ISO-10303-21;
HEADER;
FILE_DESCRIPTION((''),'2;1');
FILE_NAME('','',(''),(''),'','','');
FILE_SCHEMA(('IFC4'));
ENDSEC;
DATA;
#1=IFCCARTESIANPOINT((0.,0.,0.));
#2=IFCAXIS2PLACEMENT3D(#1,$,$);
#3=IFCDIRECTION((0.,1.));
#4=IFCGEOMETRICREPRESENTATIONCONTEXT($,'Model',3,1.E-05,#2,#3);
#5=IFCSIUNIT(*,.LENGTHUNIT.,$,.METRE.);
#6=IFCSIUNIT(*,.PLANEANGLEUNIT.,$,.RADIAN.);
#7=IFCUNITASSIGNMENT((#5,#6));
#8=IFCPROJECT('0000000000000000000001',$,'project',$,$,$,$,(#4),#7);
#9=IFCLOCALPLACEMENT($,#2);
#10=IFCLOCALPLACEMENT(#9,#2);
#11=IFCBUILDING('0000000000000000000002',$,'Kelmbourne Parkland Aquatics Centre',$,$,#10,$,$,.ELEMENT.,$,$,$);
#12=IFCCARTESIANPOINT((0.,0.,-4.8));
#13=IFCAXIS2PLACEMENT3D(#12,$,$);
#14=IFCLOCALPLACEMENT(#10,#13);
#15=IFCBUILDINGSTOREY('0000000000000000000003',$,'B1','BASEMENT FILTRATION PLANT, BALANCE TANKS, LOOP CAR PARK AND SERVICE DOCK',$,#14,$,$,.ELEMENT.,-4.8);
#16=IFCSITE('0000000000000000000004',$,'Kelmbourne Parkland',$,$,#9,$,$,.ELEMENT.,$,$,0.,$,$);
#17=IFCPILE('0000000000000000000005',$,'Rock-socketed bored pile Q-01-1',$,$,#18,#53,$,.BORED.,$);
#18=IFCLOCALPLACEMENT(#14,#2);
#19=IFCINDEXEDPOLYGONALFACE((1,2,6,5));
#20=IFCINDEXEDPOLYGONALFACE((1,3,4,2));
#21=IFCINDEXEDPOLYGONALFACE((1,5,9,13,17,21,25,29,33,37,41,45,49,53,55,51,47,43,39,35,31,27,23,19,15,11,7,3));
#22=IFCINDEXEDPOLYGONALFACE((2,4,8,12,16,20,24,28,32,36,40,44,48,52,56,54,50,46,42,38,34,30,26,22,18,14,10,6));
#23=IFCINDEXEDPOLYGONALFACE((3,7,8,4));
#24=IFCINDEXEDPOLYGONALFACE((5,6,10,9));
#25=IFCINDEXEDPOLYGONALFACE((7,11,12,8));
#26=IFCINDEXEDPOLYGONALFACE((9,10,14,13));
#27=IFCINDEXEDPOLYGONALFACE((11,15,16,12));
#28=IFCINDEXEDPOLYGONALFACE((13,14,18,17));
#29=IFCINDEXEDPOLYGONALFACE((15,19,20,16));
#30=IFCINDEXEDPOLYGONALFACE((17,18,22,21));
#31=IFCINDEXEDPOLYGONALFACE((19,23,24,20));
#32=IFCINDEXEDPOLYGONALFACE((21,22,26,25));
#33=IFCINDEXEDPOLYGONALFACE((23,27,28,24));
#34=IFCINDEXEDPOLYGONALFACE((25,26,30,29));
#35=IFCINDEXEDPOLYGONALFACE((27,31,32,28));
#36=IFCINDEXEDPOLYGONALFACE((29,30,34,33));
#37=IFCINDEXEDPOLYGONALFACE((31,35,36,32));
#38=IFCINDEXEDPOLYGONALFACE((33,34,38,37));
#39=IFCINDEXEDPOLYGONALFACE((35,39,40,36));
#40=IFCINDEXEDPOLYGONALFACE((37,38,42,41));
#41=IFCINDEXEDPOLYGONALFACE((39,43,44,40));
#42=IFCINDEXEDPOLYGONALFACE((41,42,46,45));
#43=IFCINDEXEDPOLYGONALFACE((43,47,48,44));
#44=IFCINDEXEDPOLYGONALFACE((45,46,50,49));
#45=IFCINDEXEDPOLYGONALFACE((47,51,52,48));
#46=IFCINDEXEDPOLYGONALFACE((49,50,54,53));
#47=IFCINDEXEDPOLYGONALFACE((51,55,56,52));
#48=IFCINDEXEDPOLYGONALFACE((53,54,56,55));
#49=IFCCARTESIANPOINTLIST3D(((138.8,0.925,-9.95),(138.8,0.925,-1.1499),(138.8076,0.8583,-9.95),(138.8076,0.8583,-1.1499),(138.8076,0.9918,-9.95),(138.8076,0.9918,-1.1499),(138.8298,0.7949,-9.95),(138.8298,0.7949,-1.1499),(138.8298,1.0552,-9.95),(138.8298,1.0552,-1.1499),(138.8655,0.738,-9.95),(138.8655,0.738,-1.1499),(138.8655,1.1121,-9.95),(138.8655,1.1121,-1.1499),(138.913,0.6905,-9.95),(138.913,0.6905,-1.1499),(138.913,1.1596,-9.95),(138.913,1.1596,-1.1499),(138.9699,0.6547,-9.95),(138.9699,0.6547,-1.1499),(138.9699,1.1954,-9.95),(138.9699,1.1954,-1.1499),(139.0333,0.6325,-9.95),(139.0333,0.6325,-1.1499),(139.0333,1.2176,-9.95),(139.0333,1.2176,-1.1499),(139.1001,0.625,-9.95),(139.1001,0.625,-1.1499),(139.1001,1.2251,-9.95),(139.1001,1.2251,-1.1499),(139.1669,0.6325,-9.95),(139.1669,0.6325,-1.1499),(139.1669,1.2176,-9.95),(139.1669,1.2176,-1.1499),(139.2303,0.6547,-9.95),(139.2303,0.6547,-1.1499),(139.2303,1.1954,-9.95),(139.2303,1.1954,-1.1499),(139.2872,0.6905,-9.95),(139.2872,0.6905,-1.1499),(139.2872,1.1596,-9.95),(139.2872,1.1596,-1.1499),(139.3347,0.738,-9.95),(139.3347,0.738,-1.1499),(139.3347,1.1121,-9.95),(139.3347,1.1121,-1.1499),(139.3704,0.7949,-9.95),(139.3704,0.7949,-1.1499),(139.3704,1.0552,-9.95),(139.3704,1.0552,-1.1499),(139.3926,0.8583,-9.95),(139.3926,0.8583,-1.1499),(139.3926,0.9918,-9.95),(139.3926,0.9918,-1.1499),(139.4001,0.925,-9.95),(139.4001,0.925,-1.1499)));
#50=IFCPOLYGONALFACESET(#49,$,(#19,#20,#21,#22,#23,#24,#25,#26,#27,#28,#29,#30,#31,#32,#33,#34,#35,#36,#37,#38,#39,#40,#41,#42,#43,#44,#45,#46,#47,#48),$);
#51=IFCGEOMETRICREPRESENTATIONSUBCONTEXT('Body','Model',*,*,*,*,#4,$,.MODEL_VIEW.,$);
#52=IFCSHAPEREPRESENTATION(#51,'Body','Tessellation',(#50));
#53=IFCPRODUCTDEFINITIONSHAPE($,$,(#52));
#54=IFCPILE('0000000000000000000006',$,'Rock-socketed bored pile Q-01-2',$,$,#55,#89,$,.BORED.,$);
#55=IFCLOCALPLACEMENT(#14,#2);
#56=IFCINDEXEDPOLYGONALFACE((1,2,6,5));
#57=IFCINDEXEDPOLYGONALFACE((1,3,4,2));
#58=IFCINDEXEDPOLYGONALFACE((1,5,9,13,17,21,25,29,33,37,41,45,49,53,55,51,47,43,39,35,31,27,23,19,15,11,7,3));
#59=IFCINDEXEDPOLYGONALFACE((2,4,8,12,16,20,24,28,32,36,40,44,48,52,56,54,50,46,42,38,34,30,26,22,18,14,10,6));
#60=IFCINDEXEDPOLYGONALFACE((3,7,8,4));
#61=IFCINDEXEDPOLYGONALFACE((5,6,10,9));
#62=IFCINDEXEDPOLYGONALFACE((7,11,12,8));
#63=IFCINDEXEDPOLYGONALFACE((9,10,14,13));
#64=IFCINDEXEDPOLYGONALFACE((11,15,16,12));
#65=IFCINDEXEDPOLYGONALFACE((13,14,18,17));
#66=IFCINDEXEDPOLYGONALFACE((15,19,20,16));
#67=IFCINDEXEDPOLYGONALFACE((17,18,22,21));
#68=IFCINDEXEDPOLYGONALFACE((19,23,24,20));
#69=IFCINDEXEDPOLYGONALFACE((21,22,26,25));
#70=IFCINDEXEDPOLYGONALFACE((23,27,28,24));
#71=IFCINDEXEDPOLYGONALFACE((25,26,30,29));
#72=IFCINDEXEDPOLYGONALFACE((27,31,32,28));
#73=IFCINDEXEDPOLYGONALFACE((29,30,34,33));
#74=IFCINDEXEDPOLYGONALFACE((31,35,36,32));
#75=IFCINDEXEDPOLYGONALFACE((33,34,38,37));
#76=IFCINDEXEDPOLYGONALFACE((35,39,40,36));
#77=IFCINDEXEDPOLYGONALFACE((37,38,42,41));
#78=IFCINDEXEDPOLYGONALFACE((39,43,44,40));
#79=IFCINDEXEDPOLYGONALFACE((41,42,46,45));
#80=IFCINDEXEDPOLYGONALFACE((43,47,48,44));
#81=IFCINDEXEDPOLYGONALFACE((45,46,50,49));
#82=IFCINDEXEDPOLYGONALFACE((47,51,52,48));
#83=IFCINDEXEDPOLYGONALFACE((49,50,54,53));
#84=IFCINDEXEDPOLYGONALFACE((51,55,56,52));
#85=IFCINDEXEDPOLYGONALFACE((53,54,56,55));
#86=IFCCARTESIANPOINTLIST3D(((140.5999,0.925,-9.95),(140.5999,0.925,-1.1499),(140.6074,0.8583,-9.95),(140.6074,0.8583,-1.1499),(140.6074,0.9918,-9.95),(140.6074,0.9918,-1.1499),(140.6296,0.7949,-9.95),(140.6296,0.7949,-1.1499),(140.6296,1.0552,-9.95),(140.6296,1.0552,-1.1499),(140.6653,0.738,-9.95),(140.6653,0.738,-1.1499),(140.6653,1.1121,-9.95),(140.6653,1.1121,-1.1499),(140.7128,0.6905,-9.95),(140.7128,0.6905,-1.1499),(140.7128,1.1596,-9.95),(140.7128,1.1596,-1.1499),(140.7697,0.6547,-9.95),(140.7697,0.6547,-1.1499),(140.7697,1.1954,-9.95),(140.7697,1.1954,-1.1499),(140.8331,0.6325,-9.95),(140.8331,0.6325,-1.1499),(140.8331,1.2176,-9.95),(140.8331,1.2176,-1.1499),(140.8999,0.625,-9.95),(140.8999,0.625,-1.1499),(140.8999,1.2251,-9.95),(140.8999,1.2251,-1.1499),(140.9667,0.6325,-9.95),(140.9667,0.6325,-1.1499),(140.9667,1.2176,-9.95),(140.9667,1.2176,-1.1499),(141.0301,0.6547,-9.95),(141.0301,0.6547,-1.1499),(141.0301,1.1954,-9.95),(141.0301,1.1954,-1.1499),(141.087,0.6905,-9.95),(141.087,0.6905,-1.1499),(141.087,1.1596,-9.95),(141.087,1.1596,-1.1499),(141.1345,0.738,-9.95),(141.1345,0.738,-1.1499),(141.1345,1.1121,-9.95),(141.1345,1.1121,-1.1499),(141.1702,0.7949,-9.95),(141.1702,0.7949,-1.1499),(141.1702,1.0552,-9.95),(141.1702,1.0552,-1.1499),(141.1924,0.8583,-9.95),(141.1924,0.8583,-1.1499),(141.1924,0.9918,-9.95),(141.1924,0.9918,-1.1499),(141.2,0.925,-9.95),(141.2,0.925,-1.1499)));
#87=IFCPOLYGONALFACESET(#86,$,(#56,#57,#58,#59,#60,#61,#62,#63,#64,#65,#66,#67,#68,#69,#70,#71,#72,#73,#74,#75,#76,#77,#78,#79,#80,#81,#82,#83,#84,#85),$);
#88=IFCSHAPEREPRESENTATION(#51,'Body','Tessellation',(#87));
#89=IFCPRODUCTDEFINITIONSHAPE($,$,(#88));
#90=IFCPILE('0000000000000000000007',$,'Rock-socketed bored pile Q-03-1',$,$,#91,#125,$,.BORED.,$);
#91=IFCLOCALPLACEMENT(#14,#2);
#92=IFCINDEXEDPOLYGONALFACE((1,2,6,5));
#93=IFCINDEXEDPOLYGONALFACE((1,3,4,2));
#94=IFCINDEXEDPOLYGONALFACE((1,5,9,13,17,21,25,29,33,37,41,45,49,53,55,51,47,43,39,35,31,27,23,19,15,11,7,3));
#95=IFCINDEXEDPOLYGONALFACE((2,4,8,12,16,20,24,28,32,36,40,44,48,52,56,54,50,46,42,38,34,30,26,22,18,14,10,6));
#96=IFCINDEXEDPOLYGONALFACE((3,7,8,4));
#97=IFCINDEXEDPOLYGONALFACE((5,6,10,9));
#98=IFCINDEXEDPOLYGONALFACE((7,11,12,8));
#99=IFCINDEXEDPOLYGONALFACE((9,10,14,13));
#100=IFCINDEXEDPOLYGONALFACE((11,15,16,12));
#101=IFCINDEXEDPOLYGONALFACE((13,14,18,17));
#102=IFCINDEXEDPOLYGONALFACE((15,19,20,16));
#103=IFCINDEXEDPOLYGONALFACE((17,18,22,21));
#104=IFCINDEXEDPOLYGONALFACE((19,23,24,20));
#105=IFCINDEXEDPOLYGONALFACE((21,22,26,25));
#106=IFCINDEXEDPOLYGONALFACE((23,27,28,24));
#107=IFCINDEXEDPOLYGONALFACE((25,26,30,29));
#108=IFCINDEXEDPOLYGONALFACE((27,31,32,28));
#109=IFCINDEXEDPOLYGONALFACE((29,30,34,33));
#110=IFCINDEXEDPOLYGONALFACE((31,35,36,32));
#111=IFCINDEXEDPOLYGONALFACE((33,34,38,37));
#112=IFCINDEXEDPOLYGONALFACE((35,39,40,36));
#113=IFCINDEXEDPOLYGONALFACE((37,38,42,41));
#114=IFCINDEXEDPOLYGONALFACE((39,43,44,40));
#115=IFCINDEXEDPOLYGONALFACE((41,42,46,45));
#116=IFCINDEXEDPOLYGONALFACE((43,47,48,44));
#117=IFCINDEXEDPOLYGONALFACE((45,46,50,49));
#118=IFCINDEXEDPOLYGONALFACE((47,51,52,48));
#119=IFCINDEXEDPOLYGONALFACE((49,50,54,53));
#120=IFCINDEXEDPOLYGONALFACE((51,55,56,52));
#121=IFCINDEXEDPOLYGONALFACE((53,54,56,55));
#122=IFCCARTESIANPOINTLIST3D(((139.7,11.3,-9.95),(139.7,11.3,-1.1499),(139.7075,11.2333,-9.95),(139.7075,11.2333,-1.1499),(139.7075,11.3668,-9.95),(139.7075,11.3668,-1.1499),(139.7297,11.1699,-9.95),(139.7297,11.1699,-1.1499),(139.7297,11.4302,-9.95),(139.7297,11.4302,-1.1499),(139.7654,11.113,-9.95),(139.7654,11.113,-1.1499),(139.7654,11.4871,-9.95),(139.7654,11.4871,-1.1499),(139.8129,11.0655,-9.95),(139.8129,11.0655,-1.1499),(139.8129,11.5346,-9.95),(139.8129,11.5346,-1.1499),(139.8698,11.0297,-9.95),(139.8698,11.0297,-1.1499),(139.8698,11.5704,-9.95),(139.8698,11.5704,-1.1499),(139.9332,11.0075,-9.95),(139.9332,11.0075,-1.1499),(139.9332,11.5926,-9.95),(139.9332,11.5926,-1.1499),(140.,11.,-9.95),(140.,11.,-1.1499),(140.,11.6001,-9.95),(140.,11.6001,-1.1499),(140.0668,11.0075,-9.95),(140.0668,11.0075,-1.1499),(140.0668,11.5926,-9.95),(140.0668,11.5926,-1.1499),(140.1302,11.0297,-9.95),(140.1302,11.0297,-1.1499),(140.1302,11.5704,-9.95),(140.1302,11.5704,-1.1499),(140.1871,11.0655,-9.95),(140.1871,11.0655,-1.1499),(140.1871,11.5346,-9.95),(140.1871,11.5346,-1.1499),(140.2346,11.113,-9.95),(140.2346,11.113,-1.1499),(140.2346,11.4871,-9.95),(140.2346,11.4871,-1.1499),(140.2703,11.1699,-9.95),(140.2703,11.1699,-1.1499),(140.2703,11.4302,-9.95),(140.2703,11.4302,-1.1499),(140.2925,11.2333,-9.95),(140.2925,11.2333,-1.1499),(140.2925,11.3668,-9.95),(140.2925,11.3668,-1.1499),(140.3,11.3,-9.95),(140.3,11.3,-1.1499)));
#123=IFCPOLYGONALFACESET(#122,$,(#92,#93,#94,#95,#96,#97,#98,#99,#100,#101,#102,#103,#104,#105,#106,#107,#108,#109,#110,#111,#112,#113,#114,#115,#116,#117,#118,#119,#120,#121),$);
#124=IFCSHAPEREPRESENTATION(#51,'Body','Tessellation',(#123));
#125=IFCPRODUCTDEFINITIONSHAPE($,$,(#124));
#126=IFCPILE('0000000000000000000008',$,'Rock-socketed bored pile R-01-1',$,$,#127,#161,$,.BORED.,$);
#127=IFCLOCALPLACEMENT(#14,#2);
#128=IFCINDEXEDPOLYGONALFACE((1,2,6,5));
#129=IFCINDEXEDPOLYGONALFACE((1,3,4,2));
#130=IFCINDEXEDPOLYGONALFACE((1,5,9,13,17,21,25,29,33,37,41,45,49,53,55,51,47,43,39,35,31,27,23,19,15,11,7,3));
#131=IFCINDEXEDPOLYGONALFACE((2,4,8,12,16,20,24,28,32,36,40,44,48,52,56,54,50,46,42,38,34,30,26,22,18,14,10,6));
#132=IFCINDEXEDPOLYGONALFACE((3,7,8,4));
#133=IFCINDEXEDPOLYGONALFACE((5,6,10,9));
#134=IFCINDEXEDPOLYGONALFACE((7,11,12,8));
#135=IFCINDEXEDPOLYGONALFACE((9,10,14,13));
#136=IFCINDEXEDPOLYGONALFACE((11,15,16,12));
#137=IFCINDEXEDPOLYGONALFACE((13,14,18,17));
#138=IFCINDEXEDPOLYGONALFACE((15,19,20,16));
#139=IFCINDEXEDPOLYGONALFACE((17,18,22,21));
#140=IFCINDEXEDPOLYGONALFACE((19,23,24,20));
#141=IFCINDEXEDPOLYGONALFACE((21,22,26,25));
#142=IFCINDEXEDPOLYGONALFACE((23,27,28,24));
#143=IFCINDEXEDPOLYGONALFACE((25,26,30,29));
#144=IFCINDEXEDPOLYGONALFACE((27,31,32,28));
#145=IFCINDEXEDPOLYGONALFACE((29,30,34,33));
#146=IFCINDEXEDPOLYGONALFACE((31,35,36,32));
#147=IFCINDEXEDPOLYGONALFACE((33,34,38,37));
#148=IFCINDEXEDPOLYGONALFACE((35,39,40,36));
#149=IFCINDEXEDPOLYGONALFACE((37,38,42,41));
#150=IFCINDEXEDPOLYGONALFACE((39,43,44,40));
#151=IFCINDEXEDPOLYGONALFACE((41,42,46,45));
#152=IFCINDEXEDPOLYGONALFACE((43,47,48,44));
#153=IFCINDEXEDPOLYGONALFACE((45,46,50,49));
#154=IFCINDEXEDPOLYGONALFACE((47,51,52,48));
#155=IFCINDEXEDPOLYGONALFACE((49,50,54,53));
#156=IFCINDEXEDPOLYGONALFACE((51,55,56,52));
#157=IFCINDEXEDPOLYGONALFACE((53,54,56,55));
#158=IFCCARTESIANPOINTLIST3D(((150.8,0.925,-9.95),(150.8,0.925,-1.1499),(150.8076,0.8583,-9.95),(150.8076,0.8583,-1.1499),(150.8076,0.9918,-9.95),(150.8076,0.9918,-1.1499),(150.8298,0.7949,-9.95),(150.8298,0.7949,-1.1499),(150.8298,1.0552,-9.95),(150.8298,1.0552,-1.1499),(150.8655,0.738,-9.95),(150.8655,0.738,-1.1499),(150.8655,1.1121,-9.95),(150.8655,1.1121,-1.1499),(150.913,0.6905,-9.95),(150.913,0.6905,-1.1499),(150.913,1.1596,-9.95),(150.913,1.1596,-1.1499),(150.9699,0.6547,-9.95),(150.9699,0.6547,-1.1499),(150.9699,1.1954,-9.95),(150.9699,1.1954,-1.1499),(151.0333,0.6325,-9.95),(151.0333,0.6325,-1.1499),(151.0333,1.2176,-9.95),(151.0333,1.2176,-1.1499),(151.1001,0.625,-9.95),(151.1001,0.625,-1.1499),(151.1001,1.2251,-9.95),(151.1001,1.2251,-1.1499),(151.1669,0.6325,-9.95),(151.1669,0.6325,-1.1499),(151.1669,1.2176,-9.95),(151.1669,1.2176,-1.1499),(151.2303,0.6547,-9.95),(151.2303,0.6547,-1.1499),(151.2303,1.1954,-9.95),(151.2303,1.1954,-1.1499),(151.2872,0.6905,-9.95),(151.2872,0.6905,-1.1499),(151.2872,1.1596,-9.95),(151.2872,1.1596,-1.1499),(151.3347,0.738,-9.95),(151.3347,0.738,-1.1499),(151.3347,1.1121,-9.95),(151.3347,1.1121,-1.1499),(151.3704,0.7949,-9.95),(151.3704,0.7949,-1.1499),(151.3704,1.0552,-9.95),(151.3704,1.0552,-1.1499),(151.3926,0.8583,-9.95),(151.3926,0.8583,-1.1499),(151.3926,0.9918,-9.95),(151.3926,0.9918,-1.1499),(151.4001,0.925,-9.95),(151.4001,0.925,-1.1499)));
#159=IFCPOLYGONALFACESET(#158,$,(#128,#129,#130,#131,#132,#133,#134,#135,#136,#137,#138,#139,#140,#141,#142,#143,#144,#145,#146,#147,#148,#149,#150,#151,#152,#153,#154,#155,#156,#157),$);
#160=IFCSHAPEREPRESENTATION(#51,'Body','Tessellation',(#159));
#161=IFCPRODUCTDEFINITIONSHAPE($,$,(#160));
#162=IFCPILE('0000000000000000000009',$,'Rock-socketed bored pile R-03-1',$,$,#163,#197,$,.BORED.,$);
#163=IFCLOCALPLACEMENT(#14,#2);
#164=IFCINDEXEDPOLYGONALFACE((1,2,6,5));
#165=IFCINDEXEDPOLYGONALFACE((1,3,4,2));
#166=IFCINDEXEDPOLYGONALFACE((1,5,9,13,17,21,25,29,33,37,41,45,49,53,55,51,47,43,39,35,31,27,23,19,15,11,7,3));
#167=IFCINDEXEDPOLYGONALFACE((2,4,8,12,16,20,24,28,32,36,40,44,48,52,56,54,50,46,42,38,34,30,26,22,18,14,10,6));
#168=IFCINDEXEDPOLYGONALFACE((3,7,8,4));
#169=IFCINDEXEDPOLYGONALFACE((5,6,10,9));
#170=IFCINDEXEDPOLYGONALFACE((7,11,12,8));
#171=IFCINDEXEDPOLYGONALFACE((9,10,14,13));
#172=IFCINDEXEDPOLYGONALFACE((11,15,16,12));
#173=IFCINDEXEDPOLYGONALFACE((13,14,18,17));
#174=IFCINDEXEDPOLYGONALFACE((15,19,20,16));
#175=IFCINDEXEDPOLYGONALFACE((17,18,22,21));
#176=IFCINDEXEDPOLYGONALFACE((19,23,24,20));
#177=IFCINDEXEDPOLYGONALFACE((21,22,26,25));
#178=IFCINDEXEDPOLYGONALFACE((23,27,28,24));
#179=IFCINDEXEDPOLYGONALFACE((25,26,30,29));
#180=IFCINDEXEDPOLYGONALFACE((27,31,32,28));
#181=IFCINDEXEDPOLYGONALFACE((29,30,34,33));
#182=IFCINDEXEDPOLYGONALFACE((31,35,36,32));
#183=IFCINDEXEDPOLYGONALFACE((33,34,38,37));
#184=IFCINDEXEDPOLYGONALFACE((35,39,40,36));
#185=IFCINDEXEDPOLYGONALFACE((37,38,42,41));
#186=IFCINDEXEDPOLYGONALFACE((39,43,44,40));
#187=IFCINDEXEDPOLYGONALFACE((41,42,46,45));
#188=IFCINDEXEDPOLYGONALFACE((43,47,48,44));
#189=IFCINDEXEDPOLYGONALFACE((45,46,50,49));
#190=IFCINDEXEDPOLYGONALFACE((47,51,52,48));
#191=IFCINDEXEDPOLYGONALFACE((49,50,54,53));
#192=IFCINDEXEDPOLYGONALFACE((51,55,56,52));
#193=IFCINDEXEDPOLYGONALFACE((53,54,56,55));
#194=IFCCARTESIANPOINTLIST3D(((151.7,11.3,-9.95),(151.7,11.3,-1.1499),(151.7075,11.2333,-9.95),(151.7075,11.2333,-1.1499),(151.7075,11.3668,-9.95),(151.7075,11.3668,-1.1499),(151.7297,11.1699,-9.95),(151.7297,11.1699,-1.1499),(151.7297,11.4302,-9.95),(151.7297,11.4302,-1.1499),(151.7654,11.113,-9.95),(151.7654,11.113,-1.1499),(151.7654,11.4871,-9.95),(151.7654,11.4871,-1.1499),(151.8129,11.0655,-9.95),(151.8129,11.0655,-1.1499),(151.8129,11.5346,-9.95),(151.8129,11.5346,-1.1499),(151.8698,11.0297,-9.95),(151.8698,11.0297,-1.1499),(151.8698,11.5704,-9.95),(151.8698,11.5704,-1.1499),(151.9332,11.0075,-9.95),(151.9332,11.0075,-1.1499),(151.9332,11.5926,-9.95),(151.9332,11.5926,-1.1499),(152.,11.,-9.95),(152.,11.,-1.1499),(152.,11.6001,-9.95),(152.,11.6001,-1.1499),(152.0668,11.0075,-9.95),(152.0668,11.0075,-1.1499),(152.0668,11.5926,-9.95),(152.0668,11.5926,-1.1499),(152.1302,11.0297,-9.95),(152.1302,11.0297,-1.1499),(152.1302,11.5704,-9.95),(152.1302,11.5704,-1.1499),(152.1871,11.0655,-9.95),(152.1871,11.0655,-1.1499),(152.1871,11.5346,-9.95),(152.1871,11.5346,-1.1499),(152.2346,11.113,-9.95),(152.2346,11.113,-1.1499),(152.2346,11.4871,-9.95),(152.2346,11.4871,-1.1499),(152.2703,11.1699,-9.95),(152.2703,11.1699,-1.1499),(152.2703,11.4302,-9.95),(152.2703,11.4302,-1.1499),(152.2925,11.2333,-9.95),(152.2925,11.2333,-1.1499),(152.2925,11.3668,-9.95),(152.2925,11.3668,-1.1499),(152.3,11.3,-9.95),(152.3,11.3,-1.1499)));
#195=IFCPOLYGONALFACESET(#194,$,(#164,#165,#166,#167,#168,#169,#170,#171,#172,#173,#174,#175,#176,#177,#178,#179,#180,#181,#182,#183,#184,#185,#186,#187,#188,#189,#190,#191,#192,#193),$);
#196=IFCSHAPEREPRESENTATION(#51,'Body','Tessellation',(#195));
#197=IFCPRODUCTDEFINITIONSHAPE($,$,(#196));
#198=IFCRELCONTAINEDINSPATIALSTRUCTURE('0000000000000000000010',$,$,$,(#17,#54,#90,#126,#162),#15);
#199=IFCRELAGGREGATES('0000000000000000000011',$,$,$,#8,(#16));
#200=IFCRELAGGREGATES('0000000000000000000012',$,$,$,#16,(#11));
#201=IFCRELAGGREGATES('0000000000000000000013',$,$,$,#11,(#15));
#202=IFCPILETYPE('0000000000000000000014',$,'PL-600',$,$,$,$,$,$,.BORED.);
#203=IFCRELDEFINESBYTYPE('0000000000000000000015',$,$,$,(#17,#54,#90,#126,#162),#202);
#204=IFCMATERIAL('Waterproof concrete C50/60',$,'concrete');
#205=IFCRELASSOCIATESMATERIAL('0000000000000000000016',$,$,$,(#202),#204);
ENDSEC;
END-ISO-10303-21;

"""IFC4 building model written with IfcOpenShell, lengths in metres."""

from ifc_helpers import new_model, si_unit, direction, frame, origin, origin_2d, place, context, subcontext, project, spatial, circle, extrude, material, material_profile, profile_set, type_object, element, save


model = new_model("IFC4")

# Units and contexts
model_context = context("Model", 3, precision=1e-05, world=origin(), true_north=direction((0.0, 1.0)))
body_context = subcontext(model_context, "Body", "Model", "MODEL_VIEW")
ifc_project = project(units=[si_unit("LENGTHUNIT", "METRE"), si_unit("PLANEANGLEUNIT", "RADIAN")], contexts=[model_context])

# Site, building, storey
site_placement = place(None, origin())
site = spatial("IfcSite", under=ifc_project, at=site_placement, Name="Kelmbourne Parkland", CompositionType="ELEMENT", RefElevation=0.0)
building_placement = place(site_placement, origin())
building = spatial("IfcBuilding", under=site, at=building_placement, Name="Kelmbourne Parkland Aquatics Centre", CompositionType="ELEMENT")
storey_placement = place(building_placement, frame((0.0, 0.0, -4.8)))
storey = spatial("IfcBuildingStorey", under=building, at=storey_placement, Name="B1", Description="BASEMENT FILTRATION PLANT, BALANCE TANKS, LOOP CAR PARK AND SERVICE DOCK", CompositionType="ELEMENT", Elevation=-4.8)

# Shared definitions
ifc_material_1 = material(Name="Waterproof concrete C50/60", Category="concrete")

# Piles
ifc_material_profile_1 = material_profile(ifc_material_1, circle(Radius=0.3, at=origin_2d()), Name="PILE D600")
ifc_profile_set_1 = profile_set([ifc_material_profile_1], Name="Waterproof concrete C50/60")
pile_type_1 = type_object("IfcPileType", Name="PL-600", PredefinedType="BORED", material=ifc_profile_set_1)
for number, where, z_axis, x_axis, name in (
    (1, (139.1001, 0.925, -1.1499), (0.0, 0.0, -1.0), (1.0, 0.0, 0.0), "Rock-socketed bored pile Q-01-1"),
    (2, (140.8999, 0.925, -1.1499), (0.0, 0.0, -1.0), (1.0, 0.0, 0.0), "Rock-socketed bored pile Q-01-2"),
    (3, (140.0, 11.3, -1.1499), (0.0, 0.0, -1.0), (1.0, 0.0, 0.0), "Rock-socketed bored pile Q-03-1"),
    (4, (151.1001, 0.925, -1.1499), (0.0, 0.0, -1.0), (1.0, 0.0, 0.0), "Rock-socketed bored pile R-01-1"),
    (5, (152.0, 11.3, -1.1499), (0.0, 0.0, -1.0), (1.0, 0.0, 0.0), "Rock-socketed bored pile R-03-1"),
):
    element("IfcPile", number, at=place(storey_placement, frame(where, z_axis=z_axis, x_axis=x_axis)), inside=storey, type_object=pile_type_1, Name=name, PredefinedType="BORED", context=body_context, shape_type="SweptSolid", body=[
        extrude(circle(Radius=0.3, at=origin_2d()), origin(), (0.0, 0.0, 1.0), 8.8),
    ])

save(model, "model.ifc")
